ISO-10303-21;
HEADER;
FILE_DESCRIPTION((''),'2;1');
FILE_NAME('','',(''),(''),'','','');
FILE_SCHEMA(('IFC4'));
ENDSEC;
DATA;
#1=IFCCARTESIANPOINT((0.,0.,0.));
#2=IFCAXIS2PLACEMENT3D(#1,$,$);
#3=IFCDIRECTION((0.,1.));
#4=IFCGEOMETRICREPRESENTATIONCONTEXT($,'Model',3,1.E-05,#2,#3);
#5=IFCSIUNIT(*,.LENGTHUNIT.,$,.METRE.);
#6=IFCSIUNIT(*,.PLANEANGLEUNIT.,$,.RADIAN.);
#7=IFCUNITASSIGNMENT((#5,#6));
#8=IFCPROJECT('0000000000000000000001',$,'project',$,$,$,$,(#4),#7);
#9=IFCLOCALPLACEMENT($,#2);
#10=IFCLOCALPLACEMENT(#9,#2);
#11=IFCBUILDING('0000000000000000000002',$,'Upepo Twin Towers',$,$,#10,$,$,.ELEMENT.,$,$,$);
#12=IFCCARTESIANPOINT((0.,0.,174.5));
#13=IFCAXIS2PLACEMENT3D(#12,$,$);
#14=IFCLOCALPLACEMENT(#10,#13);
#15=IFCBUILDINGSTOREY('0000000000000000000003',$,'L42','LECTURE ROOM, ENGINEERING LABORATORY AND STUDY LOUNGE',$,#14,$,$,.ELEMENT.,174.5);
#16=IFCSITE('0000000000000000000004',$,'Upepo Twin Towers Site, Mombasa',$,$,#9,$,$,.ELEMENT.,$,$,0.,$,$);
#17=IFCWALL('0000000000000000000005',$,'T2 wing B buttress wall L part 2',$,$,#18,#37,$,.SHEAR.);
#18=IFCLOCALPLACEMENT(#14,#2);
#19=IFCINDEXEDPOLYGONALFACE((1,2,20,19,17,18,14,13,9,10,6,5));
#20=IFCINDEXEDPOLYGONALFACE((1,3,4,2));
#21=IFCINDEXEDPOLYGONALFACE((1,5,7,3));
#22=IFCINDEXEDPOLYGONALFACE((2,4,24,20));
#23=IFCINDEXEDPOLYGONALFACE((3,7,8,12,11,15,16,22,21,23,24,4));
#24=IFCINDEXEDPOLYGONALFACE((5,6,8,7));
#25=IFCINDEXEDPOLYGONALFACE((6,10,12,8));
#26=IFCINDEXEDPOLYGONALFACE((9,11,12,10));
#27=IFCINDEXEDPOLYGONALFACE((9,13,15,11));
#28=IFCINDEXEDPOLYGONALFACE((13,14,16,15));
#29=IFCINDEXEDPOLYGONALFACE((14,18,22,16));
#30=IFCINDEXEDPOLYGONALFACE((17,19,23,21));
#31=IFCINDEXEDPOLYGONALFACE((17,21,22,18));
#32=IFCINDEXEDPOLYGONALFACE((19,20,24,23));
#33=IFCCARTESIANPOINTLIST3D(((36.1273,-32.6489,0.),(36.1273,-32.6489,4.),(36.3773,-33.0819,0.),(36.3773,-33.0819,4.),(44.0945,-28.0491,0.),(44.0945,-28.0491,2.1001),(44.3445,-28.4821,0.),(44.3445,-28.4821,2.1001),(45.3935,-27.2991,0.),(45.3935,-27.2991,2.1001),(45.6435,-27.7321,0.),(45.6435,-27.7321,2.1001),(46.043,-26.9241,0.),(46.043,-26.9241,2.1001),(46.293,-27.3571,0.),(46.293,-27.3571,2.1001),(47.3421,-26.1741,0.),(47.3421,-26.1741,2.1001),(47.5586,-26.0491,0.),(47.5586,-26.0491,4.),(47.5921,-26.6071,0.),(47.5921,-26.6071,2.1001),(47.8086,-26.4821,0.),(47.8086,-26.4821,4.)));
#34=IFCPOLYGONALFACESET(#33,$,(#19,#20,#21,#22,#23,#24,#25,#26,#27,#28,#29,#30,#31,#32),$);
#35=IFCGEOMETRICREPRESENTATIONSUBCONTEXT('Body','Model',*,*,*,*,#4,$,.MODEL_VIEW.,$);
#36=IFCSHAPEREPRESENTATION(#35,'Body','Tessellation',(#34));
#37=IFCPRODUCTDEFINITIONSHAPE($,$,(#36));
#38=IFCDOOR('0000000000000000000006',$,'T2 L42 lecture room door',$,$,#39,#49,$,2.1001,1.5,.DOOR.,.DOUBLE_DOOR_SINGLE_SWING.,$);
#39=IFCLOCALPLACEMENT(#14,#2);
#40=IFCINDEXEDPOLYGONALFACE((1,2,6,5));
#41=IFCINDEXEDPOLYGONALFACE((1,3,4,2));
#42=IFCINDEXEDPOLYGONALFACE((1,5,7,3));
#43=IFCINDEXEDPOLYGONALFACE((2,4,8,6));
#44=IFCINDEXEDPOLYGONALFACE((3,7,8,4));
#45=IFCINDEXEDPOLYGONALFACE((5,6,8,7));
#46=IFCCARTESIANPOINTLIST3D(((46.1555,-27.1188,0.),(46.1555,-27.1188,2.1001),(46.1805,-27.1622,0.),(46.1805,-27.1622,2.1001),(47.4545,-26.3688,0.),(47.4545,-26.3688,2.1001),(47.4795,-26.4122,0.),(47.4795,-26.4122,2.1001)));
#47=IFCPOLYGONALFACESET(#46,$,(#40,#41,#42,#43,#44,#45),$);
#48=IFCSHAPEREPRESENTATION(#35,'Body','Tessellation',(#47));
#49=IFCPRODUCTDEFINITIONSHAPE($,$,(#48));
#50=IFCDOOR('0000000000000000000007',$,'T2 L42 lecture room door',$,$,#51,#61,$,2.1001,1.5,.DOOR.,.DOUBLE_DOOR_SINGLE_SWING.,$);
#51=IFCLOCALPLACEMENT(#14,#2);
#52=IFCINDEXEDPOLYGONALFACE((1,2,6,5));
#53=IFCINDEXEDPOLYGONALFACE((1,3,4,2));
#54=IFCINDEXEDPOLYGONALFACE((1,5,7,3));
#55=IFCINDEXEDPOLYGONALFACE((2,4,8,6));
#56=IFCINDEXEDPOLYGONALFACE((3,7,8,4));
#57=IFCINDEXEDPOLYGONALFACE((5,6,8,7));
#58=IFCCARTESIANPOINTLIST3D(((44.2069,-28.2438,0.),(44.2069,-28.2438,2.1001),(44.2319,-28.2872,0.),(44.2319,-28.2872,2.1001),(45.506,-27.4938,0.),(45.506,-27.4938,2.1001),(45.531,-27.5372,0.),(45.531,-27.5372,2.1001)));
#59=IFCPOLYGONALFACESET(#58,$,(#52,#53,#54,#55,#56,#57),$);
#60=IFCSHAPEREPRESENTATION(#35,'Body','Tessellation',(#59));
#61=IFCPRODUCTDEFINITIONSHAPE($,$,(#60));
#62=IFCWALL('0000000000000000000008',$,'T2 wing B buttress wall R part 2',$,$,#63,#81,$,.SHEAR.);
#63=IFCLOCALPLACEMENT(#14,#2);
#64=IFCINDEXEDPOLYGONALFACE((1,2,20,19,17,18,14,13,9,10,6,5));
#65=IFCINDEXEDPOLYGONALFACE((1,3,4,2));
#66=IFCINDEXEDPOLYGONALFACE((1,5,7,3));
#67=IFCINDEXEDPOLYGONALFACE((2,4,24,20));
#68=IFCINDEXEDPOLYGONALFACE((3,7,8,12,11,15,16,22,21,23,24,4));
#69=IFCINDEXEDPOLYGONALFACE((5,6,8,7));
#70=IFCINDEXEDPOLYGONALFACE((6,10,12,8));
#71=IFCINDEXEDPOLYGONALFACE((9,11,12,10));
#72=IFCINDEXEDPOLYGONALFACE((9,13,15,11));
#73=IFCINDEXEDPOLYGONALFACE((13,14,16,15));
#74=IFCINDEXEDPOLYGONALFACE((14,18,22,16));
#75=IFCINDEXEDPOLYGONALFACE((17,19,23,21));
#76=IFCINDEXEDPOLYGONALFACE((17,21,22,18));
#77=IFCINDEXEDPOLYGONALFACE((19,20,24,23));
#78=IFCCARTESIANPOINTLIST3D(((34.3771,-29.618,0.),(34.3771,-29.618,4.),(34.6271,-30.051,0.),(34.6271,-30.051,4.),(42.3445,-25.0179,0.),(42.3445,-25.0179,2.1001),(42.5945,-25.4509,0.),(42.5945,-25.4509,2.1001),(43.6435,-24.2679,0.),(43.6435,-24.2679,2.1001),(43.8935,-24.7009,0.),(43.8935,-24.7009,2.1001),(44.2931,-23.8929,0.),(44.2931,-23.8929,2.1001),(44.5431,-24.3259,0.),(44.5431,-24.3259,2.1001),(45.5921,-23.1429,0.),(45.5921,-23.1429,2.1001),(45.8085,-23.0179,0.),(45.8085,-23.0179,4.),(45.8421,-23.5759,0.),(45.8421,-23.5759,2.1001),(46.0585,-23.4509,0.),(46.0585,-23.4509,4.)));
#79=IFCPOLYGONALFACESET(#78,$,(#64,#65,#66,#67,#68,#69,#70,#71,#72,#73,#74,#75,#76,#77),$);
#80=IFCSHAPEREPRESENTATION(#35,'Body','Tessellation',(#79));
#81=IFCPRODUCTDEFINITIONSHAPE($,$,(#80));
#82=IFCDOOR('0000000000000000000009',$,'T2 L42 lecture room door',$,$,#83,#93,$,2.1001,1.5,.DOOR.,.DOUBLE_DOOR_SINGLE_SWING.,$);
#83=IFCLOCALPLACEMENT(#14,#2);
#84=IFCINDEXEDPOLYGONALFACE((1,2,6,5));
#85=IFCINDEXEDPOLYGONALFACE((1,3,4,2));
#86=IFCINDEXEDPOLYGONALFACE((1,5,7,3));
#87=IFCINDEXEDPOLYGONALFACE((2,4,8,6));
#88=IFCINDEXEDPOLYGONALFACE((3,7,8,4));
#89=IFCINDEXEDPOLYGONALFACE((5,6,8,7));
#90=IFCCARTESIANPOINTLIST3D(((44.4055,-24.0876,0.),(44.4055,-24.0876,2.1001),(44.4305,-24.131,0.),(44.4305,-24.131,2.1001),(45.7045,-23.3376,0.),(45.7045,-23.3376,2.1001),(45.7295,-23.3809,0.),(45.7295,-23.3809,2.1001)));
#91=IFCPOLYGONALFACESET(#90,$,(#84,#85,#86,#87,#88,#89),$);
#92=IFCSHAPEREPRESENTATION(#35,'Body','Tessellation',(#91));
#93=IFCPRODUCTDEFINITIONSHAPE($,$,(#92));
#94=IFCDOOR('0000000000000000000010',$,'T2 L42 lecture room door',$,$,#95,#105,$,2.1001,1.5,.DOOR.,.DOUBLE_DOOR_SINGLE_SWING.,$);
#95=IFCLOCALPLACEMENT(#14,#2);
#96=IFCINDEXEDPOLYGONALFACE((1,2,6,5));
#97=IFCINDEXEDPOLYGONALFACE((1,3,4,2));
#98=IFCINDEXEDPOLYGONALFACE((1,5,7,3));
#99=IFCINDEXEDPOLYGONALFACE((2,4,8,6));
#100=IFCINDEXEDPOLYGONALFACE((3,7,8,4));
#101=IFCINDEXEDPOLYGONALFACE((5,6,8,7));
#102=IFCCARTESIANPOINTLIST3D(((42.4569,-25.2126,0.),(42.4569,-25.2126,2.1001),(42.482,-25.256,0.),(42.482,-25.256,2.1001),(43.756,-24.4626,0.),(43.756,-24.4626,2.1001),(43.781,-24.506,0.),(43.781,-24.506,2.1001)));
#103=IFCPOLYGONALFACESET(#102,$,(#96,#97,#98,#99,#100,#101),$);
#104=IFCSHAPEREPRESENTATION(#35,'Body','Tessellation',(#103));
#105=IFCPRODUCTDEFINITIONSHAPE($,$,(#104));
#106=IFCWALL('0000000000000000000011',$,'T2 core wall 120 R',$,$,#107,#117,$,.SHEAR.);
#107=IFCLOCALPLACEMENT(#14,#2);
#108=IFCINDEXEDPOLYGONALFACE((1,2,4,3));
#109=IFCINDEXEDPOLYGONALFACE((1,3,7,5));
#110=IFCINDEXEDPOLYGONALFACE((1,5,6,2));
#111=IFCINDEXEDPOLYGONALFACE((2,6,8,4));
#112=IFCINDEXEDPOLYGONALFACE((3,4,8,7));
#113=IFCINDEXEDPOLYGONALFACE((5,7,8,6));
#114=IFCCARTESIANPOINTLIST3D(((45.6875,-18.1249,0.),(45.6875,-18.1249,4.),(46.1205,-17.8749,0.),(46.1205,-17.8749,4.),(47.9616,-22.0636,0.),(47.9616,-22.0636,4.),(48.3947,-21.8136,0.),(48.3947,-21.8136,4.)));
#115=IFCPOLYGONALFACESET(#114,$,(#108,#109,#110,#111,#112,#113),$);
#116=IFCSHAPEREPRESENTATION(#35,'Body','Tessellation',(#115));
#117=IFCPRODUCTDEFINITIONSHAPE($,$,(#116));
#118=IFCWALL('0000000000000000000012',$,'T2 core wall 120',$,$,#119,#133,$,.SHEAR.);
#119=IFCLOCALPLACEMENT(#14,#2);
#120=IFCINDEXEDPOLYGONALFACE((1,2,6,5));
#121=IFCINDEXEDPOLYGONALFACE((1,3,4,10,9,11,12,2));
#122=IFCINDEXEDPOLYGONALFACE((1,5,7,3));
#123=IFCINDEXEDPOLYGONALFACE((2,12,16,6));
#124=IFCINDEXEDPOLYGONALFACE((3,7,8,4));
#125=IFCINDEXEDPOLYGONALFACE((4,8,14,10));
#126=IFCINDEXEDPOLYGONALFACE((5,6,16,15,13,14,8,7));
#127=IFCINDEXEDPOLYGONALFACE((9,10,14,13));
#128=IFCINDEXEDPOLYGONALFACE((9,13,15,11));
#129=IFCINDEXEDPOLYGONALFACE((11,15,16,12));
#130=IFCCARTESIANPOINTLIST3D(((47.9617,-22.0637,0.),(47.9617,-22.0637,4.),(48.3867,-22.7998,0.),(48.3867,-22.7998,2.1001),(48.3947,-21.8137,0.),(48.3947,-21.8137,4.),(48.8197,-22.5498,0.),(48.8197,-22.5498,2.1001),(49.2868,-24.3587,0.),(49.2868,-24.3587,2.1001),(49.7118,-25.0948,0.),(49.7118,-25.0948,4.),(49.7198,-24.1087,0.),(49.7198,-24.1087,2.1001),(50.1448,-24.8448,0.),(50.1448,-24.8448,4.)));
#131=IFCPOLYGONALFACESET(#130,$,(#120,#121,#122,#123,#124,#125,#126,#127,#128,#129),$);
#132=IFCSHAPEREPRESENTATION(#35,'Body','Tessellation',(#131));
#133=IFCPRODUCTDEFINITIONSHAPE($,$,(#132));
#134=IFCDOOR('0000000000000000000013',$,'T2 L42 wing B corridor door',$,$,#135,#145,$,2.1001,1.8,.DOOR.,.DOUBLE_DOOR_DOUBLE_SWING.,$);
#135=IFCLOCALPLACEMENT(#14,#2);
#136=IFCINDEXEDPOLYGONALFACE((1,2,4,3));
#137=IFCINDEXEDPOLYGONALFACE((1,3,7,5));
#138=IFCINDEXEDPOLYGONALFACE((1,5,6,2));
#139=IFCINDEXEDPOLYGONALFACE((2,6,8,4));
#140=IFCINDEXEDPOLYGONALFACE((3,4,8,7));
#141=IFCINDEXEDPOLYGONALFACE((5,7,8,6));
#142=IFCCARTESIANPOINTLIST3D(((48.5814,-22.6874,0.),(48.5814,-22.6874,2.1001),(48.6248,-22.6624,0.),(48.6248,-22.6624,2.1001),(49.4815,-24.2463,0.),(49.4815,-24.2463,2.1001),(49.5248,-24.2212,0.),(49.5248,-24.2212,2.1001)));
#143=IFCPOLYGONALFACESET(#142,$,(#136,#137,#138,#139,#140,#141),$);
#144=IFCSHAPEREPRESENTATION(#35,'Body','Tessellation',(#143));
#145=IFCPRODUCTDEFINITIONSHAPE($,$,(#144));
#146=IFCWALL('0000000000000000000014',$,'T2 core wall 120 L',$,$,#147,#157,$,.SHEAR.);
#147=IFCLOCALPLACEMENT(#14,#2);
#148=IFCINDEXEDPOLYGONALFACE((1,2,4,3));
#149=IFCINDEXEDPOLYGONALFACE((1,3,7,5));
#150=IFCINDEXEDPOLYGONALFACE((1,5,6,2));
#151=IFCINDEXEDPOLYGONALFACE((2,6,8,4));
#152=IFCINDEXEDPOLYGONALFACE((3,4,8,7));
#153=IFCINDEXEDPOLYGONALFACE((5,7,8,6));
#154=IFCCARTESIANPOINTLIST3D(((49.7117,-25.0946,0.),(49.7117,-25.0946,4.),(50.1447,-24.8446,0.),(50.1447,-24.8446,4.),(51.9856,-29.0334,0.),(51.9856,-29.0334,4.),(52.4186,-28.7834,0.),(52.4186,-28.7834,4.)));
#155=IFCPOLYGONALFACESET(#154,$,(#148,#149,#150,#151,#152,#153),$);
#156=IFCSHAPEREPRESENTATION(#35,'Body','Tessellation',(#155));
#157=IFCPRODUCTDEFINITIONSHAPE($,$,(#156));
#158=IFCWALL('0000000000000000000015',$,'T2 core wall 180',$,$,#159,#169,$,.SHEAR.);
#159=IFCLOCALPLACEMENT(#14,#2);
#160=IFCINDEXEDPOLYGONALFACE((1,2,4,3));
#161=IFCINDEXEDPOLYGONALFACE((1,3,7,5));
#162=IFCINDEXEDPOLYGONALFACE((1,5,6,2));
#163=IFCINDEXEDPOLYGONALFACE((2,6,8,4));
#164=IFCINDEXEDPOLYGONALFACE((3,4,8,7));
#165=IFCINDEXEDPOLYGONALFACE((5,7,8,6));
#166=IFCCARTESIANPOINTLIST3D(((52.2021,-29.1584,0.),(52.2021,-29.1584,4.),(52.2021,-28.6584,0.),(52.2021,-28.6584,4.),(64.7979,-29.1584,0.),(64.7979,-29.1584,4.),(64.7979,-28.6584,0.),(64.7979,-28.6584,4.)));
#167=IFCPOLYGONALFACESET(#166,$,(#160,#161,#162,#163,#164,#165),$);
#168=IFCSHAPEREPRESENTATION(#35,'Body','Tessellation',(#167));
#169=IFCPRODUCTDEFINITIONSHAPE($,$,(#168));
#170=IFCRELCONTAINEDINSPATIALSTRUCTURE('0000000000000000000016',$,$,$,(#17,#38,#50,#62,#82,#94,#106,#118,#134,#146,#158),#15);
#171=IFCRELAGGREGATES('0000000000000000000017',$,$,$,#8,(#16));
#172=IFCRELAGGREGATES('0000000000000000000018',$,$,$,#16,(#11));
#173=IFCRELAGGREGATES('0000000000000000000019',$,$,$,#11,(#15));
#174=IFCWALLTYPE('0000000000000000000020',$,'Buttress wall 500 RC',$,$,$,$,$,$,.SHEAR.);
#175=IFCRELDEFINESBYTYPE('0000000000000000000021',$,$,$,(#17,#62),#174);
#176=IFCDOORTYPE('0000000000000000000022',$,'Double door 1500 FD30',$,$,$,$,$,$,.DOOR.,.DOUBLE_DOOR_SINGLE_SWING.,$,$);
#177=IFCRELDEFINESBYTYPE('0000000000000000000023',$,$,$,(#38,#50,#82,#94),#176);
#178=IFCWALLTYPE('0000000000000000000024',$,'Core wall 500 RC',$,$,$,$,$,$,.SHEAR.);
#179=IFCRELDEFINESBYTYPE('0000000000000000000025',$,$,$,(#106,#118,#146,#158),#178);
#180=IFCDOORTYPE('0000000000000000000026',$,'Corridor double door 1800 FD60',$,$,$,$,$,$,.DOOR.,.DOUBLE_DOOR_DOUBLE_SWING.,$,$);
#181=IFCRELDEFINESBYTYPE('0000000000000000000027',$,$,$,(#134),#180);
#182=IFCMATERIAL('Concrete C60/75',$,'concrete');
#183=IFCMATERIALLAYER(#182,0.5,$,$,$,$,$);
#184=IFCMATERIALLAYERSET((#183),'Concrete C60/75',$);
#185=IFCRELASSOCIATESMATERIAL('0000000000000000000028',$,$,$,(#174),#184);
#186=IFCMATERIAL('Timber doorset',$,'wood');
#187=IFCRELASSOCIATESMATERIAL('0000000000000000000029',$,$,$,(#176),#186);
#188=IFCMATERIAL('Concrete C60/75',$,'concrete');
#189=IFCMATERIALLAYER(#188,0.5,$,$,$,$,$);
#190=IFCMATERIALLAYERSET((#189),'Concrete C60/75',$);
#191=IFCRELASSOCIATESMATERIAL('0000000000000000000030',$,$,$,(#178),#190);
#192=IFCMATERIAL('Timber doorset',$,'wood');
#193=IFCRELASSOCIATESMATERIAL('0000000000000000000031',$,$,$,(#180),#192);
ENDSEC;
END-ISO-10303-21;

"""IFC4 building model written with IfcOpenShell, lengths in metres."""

from ifc_helpers import new_model, si_unit, direction, frame, frame_2d, origin, place, context, subcontext, project, spatial, rectangle, extrude, material, layer, layer_set, type_object, element, fill, save


model = new_model("IFC4")

# Units and contexts
model_context = context("Model", 3, precision=1e-05, world=origin(), true_north=direction((0.0, 1.0)))
body_context = subcontext(model_context, "Body", "Model", "MODEL_VIEW")
ifc_project = project(units=[si_unit("LENGTHUNIT", "METRE"), si_unit("PLANEANGLEUNIT", "RADIAN")], contexts=[model_context])

# Site, building, storey
site_placement = place(None, origin())
site = spatial("IfcSite", under=ifc_project, at=site_placement, Name="Upepo Twin Towers Site, Mombasa", CompositionType="ELEMENT", RefElevation=0.0)
building_placement = place(site_placement, origin())
building = spatial("IfcBuilding", under=site, at=building_placement, Name="Upepo Twin Towers", CompositionType="ELEMENT")
storey_placement = place(building_placement, frame((0.0, 0.0, 174.5)))
storey = spatial("IfcBuildingStorey", under=building, at=storey_placement, Name="L42", Description="LECTURE ROOM, ENGINEERING LABORATORY AND STUDY LOUNGE", CompositionType="ELEMENT", Elevation=174.5)

# Walls, openings, doors
ifc_material_1 = material(Name="Concrete C60/75", Category="concrete")
ifc_layer_1 = layer(ifc_material_1, 0.5)
ifc_layer_set_1 = layer_set([ifc_layer_1], Name="Concrete C60/75")
wall_type_1 = type_object("IfcWallType", Name="Buttress wall 500 RC", PredefinedType="SHEAR", material=ifc_layer_set_1)
wall_1_placement = place(storey_placement, frame((47.6836, -26.2656, 0.0), z_axis=(0.0, 0.0, 1.0), x_axis=(-0.866028, -0.499996, 0.0)))
wall_1 = element("IfcWall", 1, at=wall_1_placement, inside=storey, type_object=wall_type_1, Name="T2 wing B buttress wall L part 2", PredefinedType="SHEAR", context=body_context, shape_type="SweptSolid", body=[
    extrude(rectangle(XDim=13.1997, YDim=0.5, at=frame_2d((6.5999, 0.0))), origin(), (0.0, 0.0, 1.0), 4.0),
])
opening_1_placement = place(wall_1_placement, frame((0.25, 0.0, 0.0)))
opening_1 = element("IfcOpeningElement", 2, at=opening_1_placement, cuts=wall_1, PredefinedType="OPENING", context=body_context, shape_type="SweptSolid", body=[
    extrude(rectangle(XDim=1.5, YDim=2.1001, at=frame_2d((0.75, 1.05))), frame((0.0, 0.26, 0.0), z_axis=(0.0, -1.0, 0.0), x_axis=(1.0, 0.0, 0.0)), (0.0, 0.0, 1.0), 0.52),
])
opening_2_placement = place(wall_1_placement, frame((2.5, 0.0, 0.0)))
opening_2 = element("IfcOpeningElement", 3, at=opening_2_placement, cuts=wall_1, PredefinedType="OPENING", context=body_context, shape_type="SweptSolid", body=[
    extrude(rectangle(XDim=1.5, YDim=2.1001, at=frame_2d((0.75, 1.05))), frame((0.0, 0.26, 0.0), z_axis=(0.0, -1.0, 0.0), x_axis=(1.0, 0.0, 0.0)), (0.0, 0.0, 1.0), 0.52),
])
ifc_material_2 = material(Name="Timber doorset", Category="wood")
door_type_1 = type_object("IfcDoorType", Name="Double door 1500 FD30", OperationType="DOUBLE_DOOR_SINGLE_SWING", PredefinedType="DOOR", material=ifc_material_2)
door_1_placement = place(opening_1_placement, origin())
door_1 = element("IfcDoor", 4, at=door_1_placement, inside=storey, type_object=door_type_1, Name="T2 L42 lecture room door", OperationType="DOUBLE_DOOR_SINGLE_SWING", OverallHeight=2.1001, OverallWidth=1.5, PredefinedType="DOOR", context=body_context, shape_type="SweptSolid", body=[
    extrude(rectangle(XDim=1.5, YDim=2.1001, at=frame_2d((0.75, 1.05))), frame((0.0, 0.0249, 0.0), z_axis=(0.0, -1.0, 0.0), x_axis=(1.0, 0.0, 0.0)), (0.0, 0.0, 1.0), 0.05),
])
fill(opening_1, door_1)
door_2_placement = place(opening_2_placement, origin())
door_2 = element("IfcDoor", 5, at=door_2_placement, inside=storey, type_object=door_type_1, Name="T2 L42 lecture room door", OperationType="DOUBLE_DOOR_SINGLE_SWING", OverallHeight=2.1001, OverallWidth=1.5, PredefinedType="DOOR", context=body_context, shape_type="SweptSolid", body=[
    extrude(rectangle(XDim=1.5, YDim=2.1001, at=frame_2d((0.75, 1.05))), frame((0.0, 0.0249, 0.0), z_axis=(0.0, -1.0, 0.0), x_axis=(1.0, 0.0, 0.0)), (0.0, 0.0, 1.0), 0.05),
])
fill(opening_2, door_2)
wall_2_placement = place(storey_placement, frame((45.9336, -23.2344, 0.0), z_axis=(0.0, 0.0, 1.0), x_axis=(-0.86602, -0.50001, 0.0)))
wall_2 = element("IfcWall", 6, at=wall_2_placement, inside=storey, type_object=wall_type_1, Name="T2 wing B buttress wall R part 2", PredefinedType="SHEAR", context=body_context, shape_type="SweptSolid", body=[
    extrude(rectangle(XDim=13.2, YDim=0.5, at=frame_2d((6.6001, 0.0))), origin(), (0.0, 0.0, 1.0), 4.0),
])
opening_3_placement = place(wall_2_placement, frame((0.25, 0.0, 0.0)))
opening_3 = element("IfcOpeningElement", 7, at=opening_3_placement, cuts=wall_2, PredefinedType="OPENING", context=body_context, shape_type="SweptSolid", body=[
    extrude(rectangle(XDim=1.5, YDim=2.1001, at=frame_2d((0.75, 1.05))), frame((0.0, 0.26, 0.0), z_axis=(0.0, -1.0, 0.0), x_axis=(1.0, 0.0, 0.0)), (0.0, 0.0, 1.0), 0.52),
])
opening_4_placement = place(wall_2_placement, frame((2.5, 0.0, 0.0)))
opening_4 = element("IfcOpeningElement", 8, at=opening_4_placement, cuts=wall_2, PredefinedType="OPENING", context=body_context, shape_type="SweptSolid", body=[
    extrude(rectangle(XDim=1.5, YDim=2.1001, at=frame_2d((0.75, 1.05))), frame((0.0, 0.26, 0.0), z_axis=(0.0, -1.0, 0.0), x_axis=(1.0, 0.0, 0.0)), (0.0, 0.0, 1.0), 0.52),
])
door_3_placement = place(opening_3_placement, origin())
door_3 = element("IfcDoor", 9, at=door_3_placement, inside=storey, type_object=door_type_1, Name="T2 L42 lecture room door", OperationType="DOUBLE_DOOR_SINGLE_SWING", OverallHeight=2.1001, OverallWidth=1.5, PredefinedType="DOOR", context=body_context, shape_type="SweptSolid", body=[
    extrude(rectangle(XDim=1.5, YDim=2.1001, at=frame_2d((0.75, 1.05))), frame((0.0, 0.0249, 0.0), z_axis=(0.0, -1.0, 0.0), x_axis=(1.0, 0.0, 0.0)), (0.0, 0.0, 1.0), 0.05),
])
fill(opening_3, door_3)
door_4_placement = place(opening_4_placement, origin())
door_4 = element("IfcDoor", 10, at=door_4_placement, inside=storey, type_object=door_type_1, Name="T2 L42 lecture room door", OperationType="DOUBLE_DOOR_SINGLE_SWING", OverallHeight=2.1001, OverallWidth=1.5, PredefinedType="DOOR", context=body_context, shape_type="SweptSolid", body=[
    extrude(rectangle(XDim=1.5, YDim=2.1001, at=frame_2d((0.75, 1.05))), frame((0.0, 0.0249, 0.0), z_axis=(0.0, -1.0, 0.0), x_axis=(1.0, 0.0, 0.0)), (0.0, 0.0, 1.0), 0.05),
])
fill(opening_4, door_4)

# Wall
ifc_material_3 = material(Name="Concrete C60/75", Category="concrete")
ifc_layer_2 = layer(ifc_material_3, 0.5)
ifc_layer_set_2 = layer_set([ifc_layer_2], Name="Concrete C60/75")
wall_type_2 = type_object("IfcWallType", Name="Core wall 500 RC", PredefinedType="SHEAR", material=ifc_layer_set_2)
wall_3_placement = place(storey_placement, frame((45.9041, -18.0, 0.0), z_axis=(0.0, 0.0, 1.0), x_axis=(0.500024, -0.866011, 0.0)))
element("IfcWall", 11, at=wall_3_placement, inside=storey, type_object=wall_type_2, Name="T2 core wall 120 R", PredefinedType="SHEAR", context=body_context, shape_type="SweptSolid", body=[
    extrude(rectangle(XDim=4.5481, YDim=0.5, at=frame_2d((2.2739, 0.0))), origin(), (0.0, 0.0, 1.0), 4.0),
])

# Wall, opening, door
wall_4_placement = place(storey_placement, frame((48.1782, -21.9387, 0.0), z_axis=(0.0, 0.0, 1.0), x_axis=(0.50001, -0.866019, 0.0)))
wall_4 = element("IfcWall", 12, at=wall_4_placement, inside=storey, type_object=wall_type_2, Name="T2 core wall 120", PredefinedType="SHEAR", context=body_context, shape_type="SweptSolid", body=[
    extrude(rectangle(XDim=3.5, YDim=0.5, at=frame_2d((1.75, 0.0))), origin(), (0.0, 0.0, 1.0), 4.0),
])
opening_5_placement = place(wall_4_placement, frame((0.8501, 0.0, 0.0)))
opening_5 = element("IfcOpeningElement", 13, at=opening_5_placement, cuts=wall_4, PredefinedType="OPENING", context=body_context, shape_type="SweptSolid", body=[
    extrude(rectangle(XDim=1.8, YDim=2.1001, at=frame_2d((0.8999, 1.05))), frame((0.0, 0.26, 0.0), z_axis=(0.0, -1.0, 0.0), x_axis=(1.0, 0.0, 0.0)), (0.0, 0.0, 1.0), 0.52),
])
ifc_material_4 = material(Name="Timber doorset", Category="wood")
door_type_2 = type_object("IfcDoorType", Name="Corridor double door 1800 FD60", OperationType="DOUBLE_DOOR_DOUBLE_SWING", PredefinedType="DOOR", material=ifc_material_4)
door_5_placement = place(opening_5_placement, origin())
door_5 = element("IfcDoor", 14, at=door_5_placement, inside=storey, type_object=door_type_2, Name="T2 L42 wing B corridor door", OperationType="DOUBLE_DOOR_DOUBLE_SWING", OverallHeight=2.1001, OverallWidth=1.8, PredefinedType="DOOR", context=body_context, shape_type="SweptSolid", body=[
    extrude(rectangle(XDim=1.8, YDim=2.1001, at=frame_2d((0.8999, 1.05))), frame((0.0, 0.0249, 0.0), z_axis=(0.0, -1.0, 0.0), x_axis=(1.0, 0.0, 0.0)), (0.0, 0.0, 1.0), 0.05),
])
fill(opening_5, door_5)

# Walls
wall_5_placement = place(storey_placement, frame((49.9282, -24.9697, 0.0), z_axis=(0.0, 0.0, 1.0), x_axis=(0.499984, -0.866035, 0.0)))
element("IfcWall", 15, at=wall_5_placement, inside=storey, type_object=wall_type_2, Name="T2 core wall 120 L", PredefinedType="SHEAR", context=body_context, shape_type="SweptSolid", body=[
    extrude(rectangle(XDim=4.5481, YDim=0.5, at=frame_2d((2.2739, 0.0))), origin(), (0.0, 0.0, 1.0), 4.0),
])
wall_6_placement = place(storey_placement, frame((52.2021, -28.9084, 0.0), z_axis=(0.0, 0.0, 1.0), x_axis=(1.0, 0.0, 0.0)))
element("IfcWall", 16, at=wall_6_placement, inside=storey, type_object=wall_type_2, Name="T2 core wall 180", PredefinedType="SHEAR", context=body_context, shape_type="SweptSolid", body=[
    extrude(rectangle(XDim=12.5957, YDim=0.5, at=frame_2d((6.2979, 0.0))), origin(), (0.0, 0.0, 1.0), 4.0),
])

save(model, "model.ifc")
